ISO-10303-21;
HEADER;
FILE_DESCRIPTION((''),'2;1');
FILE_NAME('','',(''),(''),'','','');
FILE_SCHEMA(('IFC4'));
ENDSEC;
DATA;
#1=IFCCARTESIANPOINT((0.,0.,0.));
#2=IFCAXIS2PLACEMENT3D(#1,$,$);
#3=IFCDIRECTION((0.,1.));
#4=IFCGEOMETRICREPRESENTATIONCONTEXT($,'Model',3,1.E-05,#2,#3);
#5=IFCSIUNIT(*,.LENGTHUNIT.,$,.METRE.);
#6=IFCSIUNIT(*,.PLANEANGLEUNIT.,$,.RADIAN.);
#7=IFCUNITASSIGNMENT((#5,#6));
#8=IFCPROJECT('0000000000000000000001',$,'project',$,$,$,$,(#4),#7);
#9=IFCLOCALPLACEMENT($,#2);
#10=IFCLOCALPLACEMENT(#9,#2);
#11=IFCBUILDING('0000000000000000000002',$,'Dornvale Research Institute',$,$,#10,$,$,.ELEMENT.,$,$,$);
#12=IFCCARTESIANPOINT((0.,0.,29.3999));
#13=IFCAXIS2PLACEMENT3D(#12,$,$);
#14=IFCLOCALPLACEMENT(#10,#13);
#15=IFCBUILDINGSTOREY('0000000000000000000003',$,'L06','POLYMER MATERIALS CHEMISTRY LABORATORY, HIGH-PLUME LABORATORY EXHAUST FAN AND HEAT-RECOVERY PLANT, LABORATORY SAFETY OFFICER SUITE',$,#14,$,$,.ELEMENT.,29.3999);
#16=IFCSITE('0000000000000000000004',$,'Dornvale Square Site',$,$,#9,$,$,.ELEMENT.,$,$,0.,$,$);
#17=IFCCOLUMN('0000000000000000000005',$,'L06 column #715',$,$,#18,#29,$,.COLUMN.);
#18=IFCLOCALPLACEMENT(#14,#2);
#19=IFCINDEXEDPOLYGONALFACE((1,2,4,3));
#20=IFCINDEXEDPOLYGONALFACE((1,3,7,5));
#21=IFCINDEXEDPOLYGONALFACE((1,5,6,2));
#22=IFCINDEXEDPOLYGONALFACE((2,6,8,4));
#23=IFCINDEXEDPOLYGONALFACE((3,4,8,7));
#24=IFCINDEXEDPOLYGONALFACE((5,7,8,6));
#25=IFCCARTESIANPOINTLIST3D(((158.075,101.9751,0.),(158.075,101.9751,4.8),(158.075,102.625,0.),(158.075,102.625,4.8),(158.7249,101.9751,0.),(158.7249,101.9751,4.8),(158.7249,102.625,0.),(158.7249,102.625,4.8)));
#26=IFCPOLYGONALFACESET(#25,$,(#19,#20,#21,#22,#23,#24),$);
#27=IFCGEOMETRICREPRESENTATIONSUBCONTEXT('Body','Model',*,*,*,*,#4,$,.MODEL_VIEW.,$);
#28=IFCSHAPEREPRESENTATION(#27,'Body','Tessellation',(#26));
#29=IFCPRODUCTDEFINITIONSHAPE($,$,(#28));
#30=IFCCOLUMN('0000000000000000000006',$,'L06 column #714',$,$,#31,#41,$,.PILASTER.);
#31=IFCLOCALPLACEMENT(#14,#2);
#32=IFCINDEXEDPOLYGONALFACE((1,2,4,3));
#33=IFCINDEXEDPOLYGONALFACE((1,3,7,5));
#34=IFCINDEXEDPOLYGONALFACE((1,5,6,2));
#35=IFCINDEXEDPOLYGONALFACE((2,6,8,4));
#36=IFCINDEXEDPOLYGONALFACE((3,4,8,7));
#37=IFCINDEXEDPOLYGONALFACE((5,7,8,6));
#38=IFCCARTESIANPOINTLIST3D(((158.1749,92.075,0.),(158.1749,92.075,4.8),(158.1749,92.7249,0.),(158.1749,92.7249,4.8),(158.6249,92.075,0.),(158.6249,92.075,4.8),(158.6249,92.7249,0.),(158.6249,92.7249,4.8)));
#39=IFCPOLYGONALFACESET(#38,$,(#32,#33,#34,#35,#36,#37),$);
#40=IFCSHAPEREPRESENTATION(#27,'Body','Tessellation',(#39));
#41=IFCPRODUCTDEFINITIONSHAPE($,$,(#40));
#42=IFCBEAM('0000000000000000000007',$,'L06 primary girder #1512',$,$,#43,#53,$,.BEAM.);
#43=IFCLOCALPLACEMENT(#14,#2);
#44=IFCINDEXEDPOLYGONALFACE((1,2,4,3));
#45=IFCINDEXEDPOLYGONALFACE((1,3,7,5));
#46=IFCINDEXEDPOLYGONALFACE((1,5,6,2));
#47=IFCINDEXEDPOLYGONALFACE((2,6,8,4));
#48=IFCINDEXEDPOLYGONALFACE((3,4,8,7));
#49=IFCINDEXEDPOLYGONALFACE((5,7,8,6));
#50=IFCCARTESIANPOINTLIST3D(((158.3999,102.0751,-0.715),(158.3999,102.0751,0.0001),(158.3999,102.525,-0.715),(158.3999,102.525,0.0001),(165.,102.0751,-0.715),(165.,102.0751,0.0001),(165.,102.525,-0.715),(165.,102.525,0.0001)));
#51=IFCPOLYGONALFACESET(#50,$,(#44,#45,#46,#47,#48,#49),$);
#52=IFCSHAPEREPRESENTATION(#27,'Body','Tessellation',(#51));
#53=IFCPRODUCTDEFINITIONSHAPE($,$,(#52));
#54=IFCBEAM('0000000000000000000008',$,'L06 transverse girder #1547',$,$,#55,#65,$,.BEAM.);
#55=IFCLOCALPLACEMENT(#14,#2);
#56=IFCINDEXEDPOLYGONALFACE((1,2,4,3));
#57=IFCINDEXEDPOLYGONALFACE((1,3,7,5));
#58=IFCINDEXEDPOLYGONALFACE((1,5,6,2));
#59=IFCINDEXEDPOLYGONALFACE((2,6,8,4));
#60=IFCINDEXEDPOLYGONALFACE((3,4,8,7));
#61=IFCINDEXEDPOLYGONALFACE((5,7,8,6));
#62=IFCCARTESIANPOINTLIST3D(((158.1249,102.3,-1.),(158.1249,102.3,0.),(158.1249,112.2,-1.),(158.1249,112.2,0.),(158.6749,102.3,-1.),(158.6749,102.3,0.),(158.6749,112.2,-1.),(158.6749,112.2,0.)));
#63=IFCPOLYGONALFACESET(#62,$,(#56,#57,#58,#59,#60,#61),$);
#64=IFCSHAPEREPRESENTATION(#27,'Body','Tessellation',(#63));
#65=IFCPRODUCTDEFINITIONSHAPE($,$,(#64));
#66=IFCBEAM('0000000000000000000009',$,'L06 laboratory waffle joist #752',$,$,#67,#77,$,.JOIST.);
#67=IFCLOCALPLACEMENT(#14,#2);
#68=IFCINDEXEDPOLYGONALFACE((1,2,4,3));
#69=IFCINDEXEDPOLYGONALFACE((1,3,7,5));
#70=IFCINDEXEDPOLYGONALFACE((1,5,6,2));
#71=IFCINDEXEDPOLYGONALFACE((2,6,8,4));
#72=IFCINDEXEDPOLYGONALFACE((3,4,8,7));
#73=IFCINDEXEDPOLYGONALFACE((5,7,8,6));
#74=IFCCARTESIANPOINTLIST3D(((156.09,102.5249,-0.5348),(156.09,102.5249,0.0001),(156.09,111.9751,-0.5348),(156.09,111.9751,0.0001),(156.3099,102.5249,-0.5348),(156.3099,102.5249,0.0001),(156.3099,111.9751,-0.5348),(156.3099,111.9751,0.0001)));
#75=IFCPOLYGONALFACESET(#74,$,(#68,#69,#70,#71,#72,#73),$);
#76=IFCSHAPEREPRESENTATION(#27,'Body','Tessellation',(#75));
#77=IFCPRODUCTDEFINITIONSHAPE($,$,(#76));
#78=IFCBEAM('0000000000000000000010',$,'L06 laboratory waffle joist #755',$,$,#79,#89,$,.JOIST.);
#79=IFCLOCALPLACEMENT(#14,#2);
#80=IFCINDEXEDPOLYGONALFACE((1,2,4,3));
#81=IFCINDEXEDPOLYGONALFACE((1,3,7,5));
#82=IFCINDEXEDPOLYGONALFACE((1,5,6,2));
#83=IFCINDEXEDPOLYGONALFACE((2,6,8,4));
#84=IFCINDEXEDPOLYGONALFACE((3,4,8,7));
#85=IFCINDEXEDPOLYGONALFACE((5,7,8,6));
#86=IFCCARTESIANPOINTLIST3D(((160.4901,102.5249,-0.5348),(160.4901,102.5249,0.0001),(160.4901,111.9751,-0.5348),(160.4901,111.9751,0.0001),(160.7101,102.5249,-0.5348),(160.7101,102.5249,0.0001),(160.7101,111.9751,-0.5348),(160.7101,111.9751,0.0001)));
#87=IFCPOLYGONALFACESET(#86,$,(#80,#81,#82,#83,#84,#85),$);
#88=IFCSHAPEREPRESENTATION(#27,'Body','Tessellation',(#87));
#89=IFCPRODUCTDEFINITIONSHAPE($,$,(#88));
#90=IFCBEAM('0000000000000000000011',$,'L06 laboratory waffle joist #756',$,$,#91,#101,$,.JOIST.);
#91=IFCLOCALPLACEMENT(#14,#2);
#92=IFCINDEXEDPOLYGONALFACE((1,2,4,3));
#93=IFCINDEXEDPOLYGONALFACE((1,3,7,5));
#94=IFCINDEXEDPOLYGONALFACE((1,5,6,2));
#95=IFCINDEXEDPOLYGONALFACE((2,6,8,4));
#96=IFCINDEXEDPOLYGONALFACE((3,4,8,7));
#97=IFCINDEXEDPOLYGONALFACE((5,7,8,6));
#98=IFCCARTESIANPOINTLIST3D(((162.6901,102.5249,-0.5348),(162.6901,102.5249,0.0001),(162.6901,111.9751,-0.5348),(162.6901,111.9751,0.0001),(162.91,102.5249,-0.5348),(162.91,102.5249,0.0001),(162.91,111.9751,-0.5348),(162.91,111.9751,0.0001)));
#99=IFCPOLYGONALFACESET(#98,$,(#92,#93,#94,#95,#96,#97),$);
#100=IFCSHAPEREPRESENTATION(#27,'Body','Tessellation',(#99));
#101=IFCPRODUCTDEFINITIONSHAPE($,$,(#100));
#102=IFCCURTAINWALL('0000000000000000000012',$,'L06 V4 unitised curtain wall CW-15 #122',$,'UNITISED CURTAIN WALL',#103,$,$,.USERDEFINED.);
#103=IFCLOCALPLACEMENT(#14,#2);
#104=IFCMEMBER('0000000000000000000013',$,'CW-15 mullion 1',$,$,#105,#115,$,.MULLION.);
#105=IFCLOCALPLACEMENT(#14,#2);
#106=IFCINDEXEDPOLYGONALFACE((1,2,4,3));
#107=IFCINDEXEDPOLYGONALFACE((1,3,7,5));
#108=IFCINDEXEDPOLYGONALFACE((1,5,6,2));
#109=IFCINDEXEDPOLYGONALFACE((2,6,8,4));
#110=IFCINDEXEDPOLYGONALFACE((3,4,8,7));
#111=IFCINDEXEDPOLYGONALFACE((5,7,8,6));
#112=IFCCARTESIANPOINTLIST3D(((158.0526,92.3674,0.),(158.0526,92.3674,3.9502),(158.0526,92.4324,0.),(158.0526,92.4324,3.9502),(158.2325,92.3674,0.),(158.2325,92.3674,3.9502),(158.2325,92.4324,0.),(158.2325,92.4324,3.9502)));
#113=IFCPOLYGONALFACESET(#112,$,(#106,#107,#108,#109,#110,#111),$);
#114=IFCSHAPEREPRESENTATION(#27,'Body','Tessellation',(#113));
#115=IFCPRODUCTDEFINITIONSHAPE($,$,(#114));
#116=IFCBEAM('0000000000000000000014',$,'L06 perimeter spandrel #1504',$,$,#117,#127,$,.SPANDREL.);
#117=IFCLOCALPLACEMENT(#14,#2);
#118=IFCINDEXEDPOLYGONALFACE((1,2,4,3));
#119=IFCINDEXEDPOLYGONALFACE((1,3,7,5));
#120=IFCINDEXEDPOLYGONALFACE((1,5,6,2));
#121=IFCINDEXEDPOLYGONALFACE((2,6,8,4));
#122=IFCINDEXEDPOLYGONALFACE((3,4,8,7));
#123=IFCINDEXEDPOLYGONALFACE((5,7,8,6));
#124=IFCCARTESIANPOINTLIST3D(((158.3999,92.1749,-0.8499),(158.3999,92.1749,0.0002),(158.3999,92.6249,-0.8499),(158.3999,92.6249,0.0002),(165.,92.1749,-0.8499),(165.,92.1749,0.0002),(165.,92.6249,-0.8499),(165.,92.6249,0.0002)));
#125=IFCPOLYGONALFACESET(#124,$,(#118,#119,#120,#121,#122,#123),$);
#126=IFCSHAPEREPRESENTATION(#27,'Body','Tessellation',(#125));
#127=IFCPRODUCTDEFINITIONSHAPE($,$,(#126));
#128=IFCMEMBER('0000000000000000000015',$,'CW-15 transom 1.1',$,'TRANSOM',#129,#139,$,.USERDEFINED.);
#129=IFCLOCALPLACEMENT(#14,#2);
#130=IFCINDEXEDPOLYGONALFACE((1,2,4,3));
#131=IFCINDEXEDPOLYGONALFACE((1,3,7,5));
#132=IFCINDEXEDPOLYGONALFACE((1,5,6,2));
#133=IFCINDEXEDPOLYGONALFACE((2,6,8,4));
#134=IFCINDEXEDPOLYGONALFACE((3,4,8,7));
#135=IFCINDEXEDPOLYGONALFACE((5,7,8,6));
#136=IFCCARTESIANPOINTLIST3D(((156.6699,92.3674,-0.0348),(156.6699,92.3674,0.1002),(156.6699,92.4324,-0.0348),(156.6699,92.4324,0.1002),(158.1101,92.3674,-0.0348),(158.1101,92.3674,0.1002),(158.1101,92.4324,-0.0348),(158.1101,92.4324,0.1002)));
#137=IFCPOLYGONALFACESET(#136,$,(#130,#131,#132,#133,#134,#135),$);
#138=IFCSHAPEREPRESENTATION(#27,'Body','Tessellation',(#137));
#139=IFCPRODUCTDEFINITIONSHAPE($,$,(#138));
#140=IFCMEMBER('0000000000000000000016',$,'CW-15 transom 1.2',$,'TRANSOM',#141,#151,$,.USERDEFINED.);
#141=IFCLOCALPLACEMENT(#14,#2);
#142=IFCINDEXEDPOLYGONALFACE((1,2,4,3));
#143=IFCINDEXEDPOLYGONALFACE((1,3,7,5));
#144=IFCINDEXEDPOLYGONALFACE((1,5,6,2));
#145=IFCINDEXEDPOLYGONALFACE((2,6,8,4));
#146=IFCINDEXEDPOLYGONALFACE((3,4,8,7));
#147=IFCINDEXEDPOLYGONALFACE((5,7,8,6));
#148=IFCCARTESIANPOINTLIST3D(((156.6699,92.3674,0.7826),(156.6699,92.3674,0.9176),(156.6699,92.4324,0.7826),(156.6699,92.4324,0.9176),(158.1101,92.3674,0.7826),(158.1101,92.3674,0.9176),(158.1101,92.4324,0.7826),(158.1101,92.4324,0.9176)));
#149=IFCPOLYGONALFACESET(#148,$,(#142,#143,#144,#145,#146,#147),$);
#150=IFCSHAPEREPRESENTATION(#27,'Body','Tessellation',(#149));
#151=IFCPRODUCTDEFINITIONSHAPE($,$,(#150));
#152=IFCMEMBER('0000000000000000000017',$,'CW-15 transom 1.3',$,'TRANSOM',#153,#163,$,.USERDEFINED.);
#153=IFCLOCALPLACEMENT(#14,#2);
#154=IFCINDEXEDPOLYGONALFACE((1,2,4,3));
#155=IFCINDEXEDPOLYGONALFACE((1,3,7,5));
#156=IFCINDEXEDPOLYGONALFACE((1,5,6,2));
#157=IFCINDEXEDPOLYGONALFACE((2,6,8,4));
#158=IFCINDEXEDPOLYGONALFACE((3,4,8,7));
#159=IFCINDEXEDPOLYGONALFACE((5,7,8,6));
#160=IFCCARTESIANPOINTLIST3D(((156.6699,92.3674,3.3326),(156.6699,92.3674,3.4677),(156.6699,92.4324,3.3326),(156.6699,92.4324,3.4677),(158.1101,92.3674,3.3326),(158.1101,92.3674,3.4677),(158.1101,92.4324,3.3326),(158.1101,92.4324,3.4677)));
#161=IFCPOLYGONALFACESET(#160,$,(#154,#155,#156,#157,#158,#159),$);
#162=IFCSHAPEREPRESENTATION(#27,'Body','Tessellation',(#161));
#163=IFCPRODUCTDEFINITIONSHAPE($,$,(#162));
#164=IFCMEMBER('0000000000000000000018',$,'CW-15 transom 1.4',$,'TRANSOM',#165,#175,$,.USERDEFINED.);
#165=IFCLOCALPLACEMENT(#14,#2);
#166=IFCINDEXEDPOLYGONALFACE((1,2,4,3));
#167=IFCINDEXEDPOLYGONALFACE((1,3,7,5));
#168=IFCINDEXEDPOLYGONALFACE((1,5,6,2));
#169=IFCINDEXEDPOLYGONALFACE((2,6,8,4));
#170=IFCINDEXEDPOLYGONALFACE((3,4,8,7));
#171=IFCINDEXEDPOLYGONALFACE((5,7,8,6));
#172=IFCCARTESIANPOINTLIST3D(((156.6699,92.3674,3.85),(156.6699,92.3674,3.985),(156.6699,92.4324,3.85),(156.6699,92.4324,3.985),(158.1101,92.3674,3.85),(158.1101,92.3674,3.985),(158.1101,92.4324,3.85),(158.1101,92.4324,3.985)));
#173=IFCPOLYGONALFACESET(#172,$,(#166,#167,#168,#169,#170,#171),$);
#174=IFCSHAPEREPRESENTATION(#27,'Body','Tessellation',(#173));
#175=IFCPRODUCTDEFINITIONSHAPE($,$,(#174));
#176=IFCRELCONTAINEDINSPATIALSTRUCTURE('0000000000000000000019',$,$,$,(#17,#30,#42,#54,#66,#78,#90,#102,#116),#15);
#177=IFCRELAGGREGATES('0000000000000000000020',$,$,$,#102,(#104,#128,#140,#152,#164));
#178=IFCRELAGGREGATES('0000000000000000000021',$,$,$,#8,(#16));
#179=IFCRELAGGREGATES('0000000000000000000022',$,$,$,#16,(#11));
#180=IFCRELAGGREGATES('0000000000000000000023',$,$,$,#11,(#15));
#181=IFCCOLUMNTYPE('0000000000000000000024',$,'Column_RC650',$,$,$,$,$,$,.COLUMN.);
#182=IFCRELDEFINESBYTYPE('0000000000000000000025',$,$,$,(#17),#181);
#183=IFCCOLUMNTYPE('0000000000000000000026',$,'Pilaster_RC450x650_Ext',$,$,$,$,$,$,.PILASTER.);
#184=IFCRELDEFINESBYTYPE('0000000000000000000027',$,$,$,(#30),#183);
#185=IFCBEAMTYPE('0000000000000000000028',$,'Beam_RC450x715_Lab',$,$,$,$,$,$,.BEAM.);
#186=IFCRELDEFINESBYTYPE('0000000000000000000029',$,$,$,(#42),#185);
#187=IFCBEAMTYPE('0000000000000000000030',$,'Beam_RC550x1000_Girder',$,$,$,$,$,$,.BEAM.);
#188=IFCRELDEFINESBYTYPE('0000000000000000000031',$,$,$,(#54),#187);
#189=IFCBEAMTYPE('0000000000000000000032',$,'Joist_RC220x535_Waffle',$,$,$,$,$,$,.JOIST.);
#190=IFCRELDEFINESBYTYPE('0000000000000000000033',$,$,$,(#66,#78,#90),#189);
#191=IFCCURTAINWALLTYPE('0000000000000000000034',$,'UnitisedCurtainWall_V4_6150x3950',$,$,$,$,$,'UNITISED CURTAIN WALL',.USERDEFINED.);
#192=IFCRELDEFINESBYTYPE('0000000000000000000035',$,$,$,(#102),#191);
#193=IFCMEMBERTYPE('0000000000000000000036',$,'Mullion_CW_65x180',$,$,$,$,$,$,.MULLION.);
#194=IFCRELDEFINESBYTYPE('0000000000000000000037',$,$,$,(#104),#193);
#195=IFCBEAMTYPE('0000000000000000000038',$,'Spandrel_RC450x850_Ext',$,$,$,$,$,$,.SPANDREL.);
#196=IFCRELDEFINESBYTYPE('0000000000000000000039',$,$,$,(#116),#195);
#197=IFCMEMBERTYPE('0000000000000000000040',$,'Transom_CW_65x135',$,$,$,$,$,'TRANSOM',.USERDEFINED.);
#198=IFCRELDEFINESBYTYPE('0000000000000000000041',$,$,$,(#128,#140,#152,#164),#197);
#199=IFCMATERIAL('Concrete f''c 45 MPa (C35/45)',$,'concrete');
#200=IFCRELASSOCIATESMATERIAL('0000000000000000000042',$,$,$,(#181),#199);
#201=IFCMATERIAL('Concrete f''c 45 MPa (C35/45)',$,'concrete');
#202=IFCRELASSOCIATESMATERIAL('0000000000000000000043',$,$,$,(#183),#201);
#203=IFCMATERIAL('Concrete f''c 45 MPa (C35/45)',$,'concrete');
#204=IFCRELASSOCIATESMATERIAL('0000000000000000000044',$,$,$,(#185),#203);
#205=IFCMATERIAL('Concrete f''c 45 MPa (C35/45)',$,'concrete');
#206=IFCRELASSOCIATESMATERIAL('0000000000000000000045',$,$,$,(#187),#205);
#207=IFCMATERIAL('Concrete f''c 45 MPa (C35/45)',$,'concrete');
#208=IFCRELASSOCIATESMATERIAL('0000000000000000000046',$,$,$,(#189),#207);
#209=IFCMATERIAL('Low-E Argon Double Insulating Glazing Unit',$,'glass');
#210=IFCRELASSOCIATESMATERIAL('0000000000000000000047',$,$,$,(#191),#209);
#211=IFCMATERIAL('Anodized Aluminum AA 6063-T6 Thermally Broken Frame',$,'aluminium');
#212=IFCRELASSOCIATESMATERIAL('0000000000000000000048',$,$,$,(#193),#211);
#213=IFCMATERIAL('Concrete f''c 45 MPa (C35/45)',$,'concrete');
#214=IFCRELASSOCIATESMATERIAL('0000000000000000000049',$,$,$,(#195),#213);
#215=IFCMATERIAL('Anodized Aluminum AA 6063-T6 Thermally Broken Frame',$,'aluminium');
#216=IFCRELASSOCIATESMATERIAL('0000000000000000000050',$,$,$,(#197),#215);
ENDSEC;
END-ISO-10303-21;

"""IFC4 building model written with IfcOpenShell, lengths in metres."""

from ifc_helpers import new_model, si_unit, direction, frame, origin, origin_2d, place, context, subcontext, project, spatial, rectangle, extrude, material, material_profile, profile_set, type_object, element, aggregate, save


model = new_model("IFC4")

# Units and contexts
model_context = context("Model", 3, precision=1e-05, world=origin(), true_north=direction((0.0, 1.0)))
body_context = subcontext(model_context, "Body", "Model", "MODEL_VIEW")
ifc_project = project(units=[si_unit("LENGTHUNIT", "METRE"), si_unit("PLANEANGLEUNIT", "RADIAN")], contexts=[model_context])

# Site, building, storey
site_placement = place(None, origin())
site = spatial("IfcSite", under=ifc_project, at=site_placement, Name="Dornvale Square Site", CompositionType="ELEMENT", RefElevation=0.0)
building_placement = place(site_placement, origin())
building = spatial("IfcBuilding", under=site, at=building_placement, Name="Dornvale Research Institute", CompositionType="ELEMENT")
storey_placement = place(building_placement, frame((0.0, 0.0, 29.3999)))
storey = spatial("IfcBuildingStorey", under=building, at=storey_placement, Name="L06", Description="POLYMER MATERIALS CHEMISTRY LABORATORY, HIGH-PLUME LABORATORY EXHAUST FAN AND HEAT-RECOVERY PLANT, LABORATORY SAFETY OFFICER SUITE", CompositionType="ELEMENT", Elevation=29.3999)

# Columns
ifc_material_1 = material(Name="Concrete f'c 45 MPa (C35/45)", Category="concrete")
ifc_material_profile_1 = material_profile(ifc_material_1, rectangle(XDim=0.6499, YDim=0.6499, at=origin_2d()), Name="RC 650x650")
ifc_profile_set_1 = profile_set([ifc_material_profile_1], Name="Concrete f'c 45 MPa (C35/45)")
column_type_1 = type_object("IfcColumnType", Name="Column_RC650", PredefinedType="COLUMN", material=ifc_profile_set_1)
column_1_placement = place(storey_placement, frame((158.3999, 102.3, 0.0), z_axis=(0.0, 0.0, 1.0), x_axis=(1.0, 0.0, 0.0)))
element("IfcColumn", 1, at=column_1_placement, inside=storey, type_object=column_type_1, Name="L06 column #715", PredefinedType="COLUMN", context=body_context, shape_type="SweptSolid", body=[
    extrude(rectangle(XDim=0.6499, YDim=0.6499, at=origin_2d()), origin(), (0.0, 0.0, 1.0), 4.8),
])
ifc_material_2 = material(Name="Concrete f'c 45 MPa (C35/45)", Category="concrete")
ifc_material_profile_2 = material_profile(ifc_material_2, rectangle(XDim=0.45, YDim=0.6499, at=origin_2d()), Name="RC 450x650")
ifc_profile_set_2 = profile_set([ifc_material_profile_2], Name="Concrete f'c 45 MPa (C35/45)")
column_type_2 = type_object("IfcColumnType", Name="Pilaster_RC450x650_Ext", PredefinedType="PILASTER", material=ifc_profile_set_2)
column_2_placement = place(storey_placement, frame((158.3999, 92.3999, 0.0), z_axis=(0.0, 0.0, 1.0), x_axis=(1.0, 0.0, 0.0)))
element("IfcColumn", 2, at=column_2_placement, inside=storey, type_object=column_type_2, Name="L06 column #714", PredefinedType="PILASTER", context=body_context, shape_type="SweptSolid", body=[
    extrude(rectangle(XDim=0.45, YDim=0.6499, at=origin_2d()), origin(), (0.0, 0.0, 1.0), 4.8),
])

# Beams
ifc_material_3 = material(Name="Concrete f'c 45 MPa (C35/45)", Category="concrete")
ifc_material_profile_3 = material_profile(ifc_material_3, rectangle(XDim=0.45, YDim=0.7151, at=origin_2d()), Name="RC 450x715")
ifc_profile_set_3 = profile_set([ifc_material_profile_3], Name="Concrete f'c 45 MPa (C35/45)")
beam_type_1 = type_object("IfcBeamType", Name="Beam_RC450x715_Lab", PredefinedType="BEAM", material=ifc_profile_set_3)
beam_1_placement = place(storey_placement, frame((158.3999, 102.3, -0.3574), z_axis=(1.0, 0.0, 0.0), x_axis=(0.0, 1.0, 0.0)))
element("IfcBeam", 3, at=beam_1_placement, inside=storey, type_object=beam_type_1, Name="L06 primary girder #1512", PredefinedType="BEAM", context=body_context, shape_type="SweptSolid", body=[
    extrude(rectangle(XDim=0.45, YDim=0.7151, at=origin_2d()), origin(), (0.0, 0.0, 1.0), 6.6001),
])
ifc_material_4 = material(Name="Concrete f'c 45 MPa (C35/45)", Category="concrete")
ifc_material_profile_4 = material_profile(ifc_material_4, rectangle(XDim=0.55, YDim=1.0, at=origin_2d()), Name="RC 550x1000")
ifc_profile_set_4 = profile_set([ifc_material_profile_4], Name="Concrete f'c 45 MPa (C35/45)")
beam_type_2 = type_object("IfcBeamType", Name="Beam_RC550x1000_Girder", PredefinedType="BEAM", material=ifc_profile_set_4)
beam_2_placement = place(storey_placement, frame((158.3999, 102.3, -0.5), z_axis=(0.0, 1.0, 0.0), x_axis=(-1.0, 0.0, 0.0)))
element("IfcBeam", 4, at=beam_2_placement, inside=storey, type_object=beam_type_2, Name="L06 transverse girder #1547", PredefinedType="BEAM", context=body_context, shape_type="SweptSolid", body=[
    extrude(rectangle(XDim=0.55, YDim=1.0, at=origin_2d()), origin(), (0.0, 0.0, 1.0), 9.8999),
])
ifc_material_5 = material(Name="Concrete f'c 45 MPa (C35/45)", Category="concrete")
ifc_material_profile_5 = material_profile(ifc_material_5, rectangle(XDim=0.22, YDim=0.5349, at=origin_2d()), Name="RC 220x535")
ifc_profile_set_5 = profile_set([ifc_material_profile_5], Name="Concrete f'c 45 MPa (C35/45)")
beam_type_3 = type_object("IfcBeamType", Name="Joist_RC220x535_Waffle", PredefinedType="JOIST", material=ifc_profile_set_5)
for number, where, z_axis, x_axis, name in (
    (5, (156.2, 102.5249, -0.2673), (0.0, 1.0, 0.0), (-1.0, 0.0, 0.0), "L06 laboratory waffle joist #752"),
    (6, (160.6001, 102.5249, -0.2673), (0.0, 1.0, 0.0), (-1.0, 0.0, 0.0), "L06 laboratory waffle joist #755"),
    (7, (162.8, 102.5249, -0.2673), (0.0, 1.0, 0.0), (-1.0, 0.0, 0.0), "L06 laboratory waffle joist #756"),
):
    element("IfcBeam", number, at=place(storey_placement, frame(where, z_axis=z_axis, x_axis=x_axis)), inside=storey, type_object=beam_type_3, Name=name, PredefinedType="JOIST", context=body_context, shape_type="SweptSolid", body=[
        extrude(rectangle(XDim=0.22, YDim=0.5349, at=origin_2d()), origin(), (0.0, 0.0, 1.0), 9.4502),
    ])

# Curtain wall, member
ifc_material_6 = material(Name="Low-E Argon Double Insulating Glazing Unit", Category="glass")
curtain_wall_type = type_object("IfcCurtainWallType", Name="UnitisedCurtainWall_V4_6150x3950", ElementType="UNITISED CURTAIN WALL", PredefinedType="USERDEFINED", material=ifc_material_6)
curtain_wall_placement = place(storey_placement, origin())
curtain_wall = element("IfcCurtainWall", 8, at=curtain_wall_placement, inside=storey, type_object=curtain_wall_type, Name="L06 V4 unitised curtain wall CW-15 #122", ObjectType="UNITISED CURTAIN WALL", PredefinedType="USERDEFINED")
ifc_material_7 = material(Name="Anodized Aluminum AA 6063-T6 Thermally Broken Frame", Category="aluminium")
ifc_material_profile_6 = material_profile(ifc_material_7, rectangle(XDim=0.0649, YDim=0.1799, at=origin_2d()), Name="ALU MULLION 65x180")
ifc_profile_set_6 = profile_set([ifc_material_profile_6], Name="Anodized Aluminum AA 6063-T6 Thermally Broken Frame")
member_type_1 = type_object("IfcMemberType", Name="Mullion_CW_65x180", PredefinedType="MULLION", material=ifc_profile_set_6)
member_1_placement = place(storey_placement, frame((158.1426, 92.3999, 0.0), z_axis=(0.0, 0.0, 1.0), x_axis=(0.0, -1.0, 0.0)))
member_1 = element("IfcMember", 9, at=member_1_placement, type_object=member_type_1, Name="CW-15 mullion 1", PredefinedType="MULLION", context=body_context, shape_type="SweptSolid", body=[
    extrude(rectangle(XDim=0.0649, YDim=0.1799, at=origin_2d()), origin(), (0.0, 0.0, 1.0), 3.9502),
])

# Beam
ifc_material_8 = material(Name="Concrete f'c 45 MPa (C35/45)", Category="concrete")
ifc_material_profile_7 = material_profile(ifc_material_8, rectangle(XDim=0.45, YDim=0.8501, at=origin_2d()), Name="RC 450x850")
ifc_profile_set_7 = profile_set([ifc_material_profile_7], Name="Concrete f'c 45 MPa (C35/45)")
beam_type_4 = type_object("IfcBeamType", Name="Spandrel_RC450x850_Ext", PredefinedType="SPANDREL", material=ifc_profile_set_7)
beam_3_placement = place(storey_placement, frame((158.3999, 92.3999, -0.4248), z_axis=(1.0, 0.0, 0.0), x_axis=(0.0, 1.0, 0.0)))
element("IfcBeam", 10, at=beam_3_placement, inside=storey, type_object=beam_type_4, Name="L06 perimeter spandrel #1504", PredefinedType="SPANDREL", context=body_context, shape_type="SweptSolid", body=[
    extrude(rectangle(XDim=0.45, YDim=0.8501, at=origin_2d()), origin(), (0.0, 0.0, 1.0), 6.6001),
])

# Members
ifc_material_9 = material(Name="Anodized Aluminum AA 6063-T6 Thermally Broken Frame", Category="aluminium")
ifc_material_profile_8 = material_profile(ifc_material_9, rectangle(XDim=0.0649, YDim=0.135, at=origin_2d()), Name="ALU TRANSOM 65x135")
ifc_profile_set_8 = profile_set([ifc_material_profile_8], Name="Anodized Aluminum AA 6063-T6 Thermally Broken Frame")
member_type_2 = type_object("IfcMemberType", Name="Transom_CW_65x135", ElementType="TRANSOM", PredefinedType="USERDEFINED", material=ifc_profile_set_8)
member_2_placement = place(storey_placement, frame((158.1101, 92.3999, 0.0327), z_axis=(-1.0, 0.0, 0.0), x_axis=(0.0, -1.0, 0.0)))
member_2 = element("IfcMember", 11, at=member_2_placement, type_object=member_type_2, Name="CW-15 transom 1.1", ObjectType="TRANSOM", PredefinedType="USERDEFINED", context=body_context, shape_type="SweptSolid", body=[
    extrude(rectangle(XDim=0.0649, YDim=0.135, at=origin_2d()), origin(), (0.0, 0.0, 1.0), 1.4402),
])
member_3_placement = place(storey_placement, frame((158.1101, 92.3999, 0.8501), z_axis=(-1.0, 0.0, 0.0), x_axis=(0.0, -1.0, 0.0)))
member_3 = element("IfcMember", 12, at=member_3_placement, type_object=member_type_2, Name="CW-15 transom 1.2", ObjectType="TRANSOM", PredefinedType="USERDEFINED", context=body_context, shape_type="SweptSolid", body=[
    extrude(rectangle(XDim=0.0649, YDim=0.135, at=origin_2d()), origin(), (0.0, 0.0, 1.0), 1.4402),
])
member_4_placement = place(storey_placement, frame((158.1101, 92.3999, 3.4001), z_axis=(-1.0, 0.0, 0.0), x_axis=(0.0, -1.0, 0.0)))
member_4 = element("IfcMember", 13, at=member_4_placement, type_object=member_type_2, Name="CW-15 transom 1.3", ObjectType="TRANSOM", PredefinedType="USERDEFINED", context=body_context, shape_type="SweptSolid", body=[
    extrude(rectangle(XDim=0.0649, YDim=0.135, at=origin_2d()), origin(), (0.0, 0.0, 1.0), 1.4402),
])
member_5_placement = place(storey_placement, frame((158.1101, 92.3999, 3.9175), z_axis=(-1.0, 0.0, 0.0), x_axis=(0.0, -1.0, 0.0)))
member_5 = element("IfcMember", 14, at=member_5_placement, type_object=member_type_2, Name="CW-15 transom 1.4", ObjectType="TRANSOM", PredefinedType="USERDEFINED", context=body_context, shape_type="SweptSolid", body=[
    extrude(rectangle(XDim=0.0649, YDim=0.135, at=origin_2d()), origin(), (0.0, 0.0, 1.0), 1.4402),
])

aggregate(curtain_wall, [member_1, member_2, member_3, member_4, member_5])

save(model, "model.ifc")
